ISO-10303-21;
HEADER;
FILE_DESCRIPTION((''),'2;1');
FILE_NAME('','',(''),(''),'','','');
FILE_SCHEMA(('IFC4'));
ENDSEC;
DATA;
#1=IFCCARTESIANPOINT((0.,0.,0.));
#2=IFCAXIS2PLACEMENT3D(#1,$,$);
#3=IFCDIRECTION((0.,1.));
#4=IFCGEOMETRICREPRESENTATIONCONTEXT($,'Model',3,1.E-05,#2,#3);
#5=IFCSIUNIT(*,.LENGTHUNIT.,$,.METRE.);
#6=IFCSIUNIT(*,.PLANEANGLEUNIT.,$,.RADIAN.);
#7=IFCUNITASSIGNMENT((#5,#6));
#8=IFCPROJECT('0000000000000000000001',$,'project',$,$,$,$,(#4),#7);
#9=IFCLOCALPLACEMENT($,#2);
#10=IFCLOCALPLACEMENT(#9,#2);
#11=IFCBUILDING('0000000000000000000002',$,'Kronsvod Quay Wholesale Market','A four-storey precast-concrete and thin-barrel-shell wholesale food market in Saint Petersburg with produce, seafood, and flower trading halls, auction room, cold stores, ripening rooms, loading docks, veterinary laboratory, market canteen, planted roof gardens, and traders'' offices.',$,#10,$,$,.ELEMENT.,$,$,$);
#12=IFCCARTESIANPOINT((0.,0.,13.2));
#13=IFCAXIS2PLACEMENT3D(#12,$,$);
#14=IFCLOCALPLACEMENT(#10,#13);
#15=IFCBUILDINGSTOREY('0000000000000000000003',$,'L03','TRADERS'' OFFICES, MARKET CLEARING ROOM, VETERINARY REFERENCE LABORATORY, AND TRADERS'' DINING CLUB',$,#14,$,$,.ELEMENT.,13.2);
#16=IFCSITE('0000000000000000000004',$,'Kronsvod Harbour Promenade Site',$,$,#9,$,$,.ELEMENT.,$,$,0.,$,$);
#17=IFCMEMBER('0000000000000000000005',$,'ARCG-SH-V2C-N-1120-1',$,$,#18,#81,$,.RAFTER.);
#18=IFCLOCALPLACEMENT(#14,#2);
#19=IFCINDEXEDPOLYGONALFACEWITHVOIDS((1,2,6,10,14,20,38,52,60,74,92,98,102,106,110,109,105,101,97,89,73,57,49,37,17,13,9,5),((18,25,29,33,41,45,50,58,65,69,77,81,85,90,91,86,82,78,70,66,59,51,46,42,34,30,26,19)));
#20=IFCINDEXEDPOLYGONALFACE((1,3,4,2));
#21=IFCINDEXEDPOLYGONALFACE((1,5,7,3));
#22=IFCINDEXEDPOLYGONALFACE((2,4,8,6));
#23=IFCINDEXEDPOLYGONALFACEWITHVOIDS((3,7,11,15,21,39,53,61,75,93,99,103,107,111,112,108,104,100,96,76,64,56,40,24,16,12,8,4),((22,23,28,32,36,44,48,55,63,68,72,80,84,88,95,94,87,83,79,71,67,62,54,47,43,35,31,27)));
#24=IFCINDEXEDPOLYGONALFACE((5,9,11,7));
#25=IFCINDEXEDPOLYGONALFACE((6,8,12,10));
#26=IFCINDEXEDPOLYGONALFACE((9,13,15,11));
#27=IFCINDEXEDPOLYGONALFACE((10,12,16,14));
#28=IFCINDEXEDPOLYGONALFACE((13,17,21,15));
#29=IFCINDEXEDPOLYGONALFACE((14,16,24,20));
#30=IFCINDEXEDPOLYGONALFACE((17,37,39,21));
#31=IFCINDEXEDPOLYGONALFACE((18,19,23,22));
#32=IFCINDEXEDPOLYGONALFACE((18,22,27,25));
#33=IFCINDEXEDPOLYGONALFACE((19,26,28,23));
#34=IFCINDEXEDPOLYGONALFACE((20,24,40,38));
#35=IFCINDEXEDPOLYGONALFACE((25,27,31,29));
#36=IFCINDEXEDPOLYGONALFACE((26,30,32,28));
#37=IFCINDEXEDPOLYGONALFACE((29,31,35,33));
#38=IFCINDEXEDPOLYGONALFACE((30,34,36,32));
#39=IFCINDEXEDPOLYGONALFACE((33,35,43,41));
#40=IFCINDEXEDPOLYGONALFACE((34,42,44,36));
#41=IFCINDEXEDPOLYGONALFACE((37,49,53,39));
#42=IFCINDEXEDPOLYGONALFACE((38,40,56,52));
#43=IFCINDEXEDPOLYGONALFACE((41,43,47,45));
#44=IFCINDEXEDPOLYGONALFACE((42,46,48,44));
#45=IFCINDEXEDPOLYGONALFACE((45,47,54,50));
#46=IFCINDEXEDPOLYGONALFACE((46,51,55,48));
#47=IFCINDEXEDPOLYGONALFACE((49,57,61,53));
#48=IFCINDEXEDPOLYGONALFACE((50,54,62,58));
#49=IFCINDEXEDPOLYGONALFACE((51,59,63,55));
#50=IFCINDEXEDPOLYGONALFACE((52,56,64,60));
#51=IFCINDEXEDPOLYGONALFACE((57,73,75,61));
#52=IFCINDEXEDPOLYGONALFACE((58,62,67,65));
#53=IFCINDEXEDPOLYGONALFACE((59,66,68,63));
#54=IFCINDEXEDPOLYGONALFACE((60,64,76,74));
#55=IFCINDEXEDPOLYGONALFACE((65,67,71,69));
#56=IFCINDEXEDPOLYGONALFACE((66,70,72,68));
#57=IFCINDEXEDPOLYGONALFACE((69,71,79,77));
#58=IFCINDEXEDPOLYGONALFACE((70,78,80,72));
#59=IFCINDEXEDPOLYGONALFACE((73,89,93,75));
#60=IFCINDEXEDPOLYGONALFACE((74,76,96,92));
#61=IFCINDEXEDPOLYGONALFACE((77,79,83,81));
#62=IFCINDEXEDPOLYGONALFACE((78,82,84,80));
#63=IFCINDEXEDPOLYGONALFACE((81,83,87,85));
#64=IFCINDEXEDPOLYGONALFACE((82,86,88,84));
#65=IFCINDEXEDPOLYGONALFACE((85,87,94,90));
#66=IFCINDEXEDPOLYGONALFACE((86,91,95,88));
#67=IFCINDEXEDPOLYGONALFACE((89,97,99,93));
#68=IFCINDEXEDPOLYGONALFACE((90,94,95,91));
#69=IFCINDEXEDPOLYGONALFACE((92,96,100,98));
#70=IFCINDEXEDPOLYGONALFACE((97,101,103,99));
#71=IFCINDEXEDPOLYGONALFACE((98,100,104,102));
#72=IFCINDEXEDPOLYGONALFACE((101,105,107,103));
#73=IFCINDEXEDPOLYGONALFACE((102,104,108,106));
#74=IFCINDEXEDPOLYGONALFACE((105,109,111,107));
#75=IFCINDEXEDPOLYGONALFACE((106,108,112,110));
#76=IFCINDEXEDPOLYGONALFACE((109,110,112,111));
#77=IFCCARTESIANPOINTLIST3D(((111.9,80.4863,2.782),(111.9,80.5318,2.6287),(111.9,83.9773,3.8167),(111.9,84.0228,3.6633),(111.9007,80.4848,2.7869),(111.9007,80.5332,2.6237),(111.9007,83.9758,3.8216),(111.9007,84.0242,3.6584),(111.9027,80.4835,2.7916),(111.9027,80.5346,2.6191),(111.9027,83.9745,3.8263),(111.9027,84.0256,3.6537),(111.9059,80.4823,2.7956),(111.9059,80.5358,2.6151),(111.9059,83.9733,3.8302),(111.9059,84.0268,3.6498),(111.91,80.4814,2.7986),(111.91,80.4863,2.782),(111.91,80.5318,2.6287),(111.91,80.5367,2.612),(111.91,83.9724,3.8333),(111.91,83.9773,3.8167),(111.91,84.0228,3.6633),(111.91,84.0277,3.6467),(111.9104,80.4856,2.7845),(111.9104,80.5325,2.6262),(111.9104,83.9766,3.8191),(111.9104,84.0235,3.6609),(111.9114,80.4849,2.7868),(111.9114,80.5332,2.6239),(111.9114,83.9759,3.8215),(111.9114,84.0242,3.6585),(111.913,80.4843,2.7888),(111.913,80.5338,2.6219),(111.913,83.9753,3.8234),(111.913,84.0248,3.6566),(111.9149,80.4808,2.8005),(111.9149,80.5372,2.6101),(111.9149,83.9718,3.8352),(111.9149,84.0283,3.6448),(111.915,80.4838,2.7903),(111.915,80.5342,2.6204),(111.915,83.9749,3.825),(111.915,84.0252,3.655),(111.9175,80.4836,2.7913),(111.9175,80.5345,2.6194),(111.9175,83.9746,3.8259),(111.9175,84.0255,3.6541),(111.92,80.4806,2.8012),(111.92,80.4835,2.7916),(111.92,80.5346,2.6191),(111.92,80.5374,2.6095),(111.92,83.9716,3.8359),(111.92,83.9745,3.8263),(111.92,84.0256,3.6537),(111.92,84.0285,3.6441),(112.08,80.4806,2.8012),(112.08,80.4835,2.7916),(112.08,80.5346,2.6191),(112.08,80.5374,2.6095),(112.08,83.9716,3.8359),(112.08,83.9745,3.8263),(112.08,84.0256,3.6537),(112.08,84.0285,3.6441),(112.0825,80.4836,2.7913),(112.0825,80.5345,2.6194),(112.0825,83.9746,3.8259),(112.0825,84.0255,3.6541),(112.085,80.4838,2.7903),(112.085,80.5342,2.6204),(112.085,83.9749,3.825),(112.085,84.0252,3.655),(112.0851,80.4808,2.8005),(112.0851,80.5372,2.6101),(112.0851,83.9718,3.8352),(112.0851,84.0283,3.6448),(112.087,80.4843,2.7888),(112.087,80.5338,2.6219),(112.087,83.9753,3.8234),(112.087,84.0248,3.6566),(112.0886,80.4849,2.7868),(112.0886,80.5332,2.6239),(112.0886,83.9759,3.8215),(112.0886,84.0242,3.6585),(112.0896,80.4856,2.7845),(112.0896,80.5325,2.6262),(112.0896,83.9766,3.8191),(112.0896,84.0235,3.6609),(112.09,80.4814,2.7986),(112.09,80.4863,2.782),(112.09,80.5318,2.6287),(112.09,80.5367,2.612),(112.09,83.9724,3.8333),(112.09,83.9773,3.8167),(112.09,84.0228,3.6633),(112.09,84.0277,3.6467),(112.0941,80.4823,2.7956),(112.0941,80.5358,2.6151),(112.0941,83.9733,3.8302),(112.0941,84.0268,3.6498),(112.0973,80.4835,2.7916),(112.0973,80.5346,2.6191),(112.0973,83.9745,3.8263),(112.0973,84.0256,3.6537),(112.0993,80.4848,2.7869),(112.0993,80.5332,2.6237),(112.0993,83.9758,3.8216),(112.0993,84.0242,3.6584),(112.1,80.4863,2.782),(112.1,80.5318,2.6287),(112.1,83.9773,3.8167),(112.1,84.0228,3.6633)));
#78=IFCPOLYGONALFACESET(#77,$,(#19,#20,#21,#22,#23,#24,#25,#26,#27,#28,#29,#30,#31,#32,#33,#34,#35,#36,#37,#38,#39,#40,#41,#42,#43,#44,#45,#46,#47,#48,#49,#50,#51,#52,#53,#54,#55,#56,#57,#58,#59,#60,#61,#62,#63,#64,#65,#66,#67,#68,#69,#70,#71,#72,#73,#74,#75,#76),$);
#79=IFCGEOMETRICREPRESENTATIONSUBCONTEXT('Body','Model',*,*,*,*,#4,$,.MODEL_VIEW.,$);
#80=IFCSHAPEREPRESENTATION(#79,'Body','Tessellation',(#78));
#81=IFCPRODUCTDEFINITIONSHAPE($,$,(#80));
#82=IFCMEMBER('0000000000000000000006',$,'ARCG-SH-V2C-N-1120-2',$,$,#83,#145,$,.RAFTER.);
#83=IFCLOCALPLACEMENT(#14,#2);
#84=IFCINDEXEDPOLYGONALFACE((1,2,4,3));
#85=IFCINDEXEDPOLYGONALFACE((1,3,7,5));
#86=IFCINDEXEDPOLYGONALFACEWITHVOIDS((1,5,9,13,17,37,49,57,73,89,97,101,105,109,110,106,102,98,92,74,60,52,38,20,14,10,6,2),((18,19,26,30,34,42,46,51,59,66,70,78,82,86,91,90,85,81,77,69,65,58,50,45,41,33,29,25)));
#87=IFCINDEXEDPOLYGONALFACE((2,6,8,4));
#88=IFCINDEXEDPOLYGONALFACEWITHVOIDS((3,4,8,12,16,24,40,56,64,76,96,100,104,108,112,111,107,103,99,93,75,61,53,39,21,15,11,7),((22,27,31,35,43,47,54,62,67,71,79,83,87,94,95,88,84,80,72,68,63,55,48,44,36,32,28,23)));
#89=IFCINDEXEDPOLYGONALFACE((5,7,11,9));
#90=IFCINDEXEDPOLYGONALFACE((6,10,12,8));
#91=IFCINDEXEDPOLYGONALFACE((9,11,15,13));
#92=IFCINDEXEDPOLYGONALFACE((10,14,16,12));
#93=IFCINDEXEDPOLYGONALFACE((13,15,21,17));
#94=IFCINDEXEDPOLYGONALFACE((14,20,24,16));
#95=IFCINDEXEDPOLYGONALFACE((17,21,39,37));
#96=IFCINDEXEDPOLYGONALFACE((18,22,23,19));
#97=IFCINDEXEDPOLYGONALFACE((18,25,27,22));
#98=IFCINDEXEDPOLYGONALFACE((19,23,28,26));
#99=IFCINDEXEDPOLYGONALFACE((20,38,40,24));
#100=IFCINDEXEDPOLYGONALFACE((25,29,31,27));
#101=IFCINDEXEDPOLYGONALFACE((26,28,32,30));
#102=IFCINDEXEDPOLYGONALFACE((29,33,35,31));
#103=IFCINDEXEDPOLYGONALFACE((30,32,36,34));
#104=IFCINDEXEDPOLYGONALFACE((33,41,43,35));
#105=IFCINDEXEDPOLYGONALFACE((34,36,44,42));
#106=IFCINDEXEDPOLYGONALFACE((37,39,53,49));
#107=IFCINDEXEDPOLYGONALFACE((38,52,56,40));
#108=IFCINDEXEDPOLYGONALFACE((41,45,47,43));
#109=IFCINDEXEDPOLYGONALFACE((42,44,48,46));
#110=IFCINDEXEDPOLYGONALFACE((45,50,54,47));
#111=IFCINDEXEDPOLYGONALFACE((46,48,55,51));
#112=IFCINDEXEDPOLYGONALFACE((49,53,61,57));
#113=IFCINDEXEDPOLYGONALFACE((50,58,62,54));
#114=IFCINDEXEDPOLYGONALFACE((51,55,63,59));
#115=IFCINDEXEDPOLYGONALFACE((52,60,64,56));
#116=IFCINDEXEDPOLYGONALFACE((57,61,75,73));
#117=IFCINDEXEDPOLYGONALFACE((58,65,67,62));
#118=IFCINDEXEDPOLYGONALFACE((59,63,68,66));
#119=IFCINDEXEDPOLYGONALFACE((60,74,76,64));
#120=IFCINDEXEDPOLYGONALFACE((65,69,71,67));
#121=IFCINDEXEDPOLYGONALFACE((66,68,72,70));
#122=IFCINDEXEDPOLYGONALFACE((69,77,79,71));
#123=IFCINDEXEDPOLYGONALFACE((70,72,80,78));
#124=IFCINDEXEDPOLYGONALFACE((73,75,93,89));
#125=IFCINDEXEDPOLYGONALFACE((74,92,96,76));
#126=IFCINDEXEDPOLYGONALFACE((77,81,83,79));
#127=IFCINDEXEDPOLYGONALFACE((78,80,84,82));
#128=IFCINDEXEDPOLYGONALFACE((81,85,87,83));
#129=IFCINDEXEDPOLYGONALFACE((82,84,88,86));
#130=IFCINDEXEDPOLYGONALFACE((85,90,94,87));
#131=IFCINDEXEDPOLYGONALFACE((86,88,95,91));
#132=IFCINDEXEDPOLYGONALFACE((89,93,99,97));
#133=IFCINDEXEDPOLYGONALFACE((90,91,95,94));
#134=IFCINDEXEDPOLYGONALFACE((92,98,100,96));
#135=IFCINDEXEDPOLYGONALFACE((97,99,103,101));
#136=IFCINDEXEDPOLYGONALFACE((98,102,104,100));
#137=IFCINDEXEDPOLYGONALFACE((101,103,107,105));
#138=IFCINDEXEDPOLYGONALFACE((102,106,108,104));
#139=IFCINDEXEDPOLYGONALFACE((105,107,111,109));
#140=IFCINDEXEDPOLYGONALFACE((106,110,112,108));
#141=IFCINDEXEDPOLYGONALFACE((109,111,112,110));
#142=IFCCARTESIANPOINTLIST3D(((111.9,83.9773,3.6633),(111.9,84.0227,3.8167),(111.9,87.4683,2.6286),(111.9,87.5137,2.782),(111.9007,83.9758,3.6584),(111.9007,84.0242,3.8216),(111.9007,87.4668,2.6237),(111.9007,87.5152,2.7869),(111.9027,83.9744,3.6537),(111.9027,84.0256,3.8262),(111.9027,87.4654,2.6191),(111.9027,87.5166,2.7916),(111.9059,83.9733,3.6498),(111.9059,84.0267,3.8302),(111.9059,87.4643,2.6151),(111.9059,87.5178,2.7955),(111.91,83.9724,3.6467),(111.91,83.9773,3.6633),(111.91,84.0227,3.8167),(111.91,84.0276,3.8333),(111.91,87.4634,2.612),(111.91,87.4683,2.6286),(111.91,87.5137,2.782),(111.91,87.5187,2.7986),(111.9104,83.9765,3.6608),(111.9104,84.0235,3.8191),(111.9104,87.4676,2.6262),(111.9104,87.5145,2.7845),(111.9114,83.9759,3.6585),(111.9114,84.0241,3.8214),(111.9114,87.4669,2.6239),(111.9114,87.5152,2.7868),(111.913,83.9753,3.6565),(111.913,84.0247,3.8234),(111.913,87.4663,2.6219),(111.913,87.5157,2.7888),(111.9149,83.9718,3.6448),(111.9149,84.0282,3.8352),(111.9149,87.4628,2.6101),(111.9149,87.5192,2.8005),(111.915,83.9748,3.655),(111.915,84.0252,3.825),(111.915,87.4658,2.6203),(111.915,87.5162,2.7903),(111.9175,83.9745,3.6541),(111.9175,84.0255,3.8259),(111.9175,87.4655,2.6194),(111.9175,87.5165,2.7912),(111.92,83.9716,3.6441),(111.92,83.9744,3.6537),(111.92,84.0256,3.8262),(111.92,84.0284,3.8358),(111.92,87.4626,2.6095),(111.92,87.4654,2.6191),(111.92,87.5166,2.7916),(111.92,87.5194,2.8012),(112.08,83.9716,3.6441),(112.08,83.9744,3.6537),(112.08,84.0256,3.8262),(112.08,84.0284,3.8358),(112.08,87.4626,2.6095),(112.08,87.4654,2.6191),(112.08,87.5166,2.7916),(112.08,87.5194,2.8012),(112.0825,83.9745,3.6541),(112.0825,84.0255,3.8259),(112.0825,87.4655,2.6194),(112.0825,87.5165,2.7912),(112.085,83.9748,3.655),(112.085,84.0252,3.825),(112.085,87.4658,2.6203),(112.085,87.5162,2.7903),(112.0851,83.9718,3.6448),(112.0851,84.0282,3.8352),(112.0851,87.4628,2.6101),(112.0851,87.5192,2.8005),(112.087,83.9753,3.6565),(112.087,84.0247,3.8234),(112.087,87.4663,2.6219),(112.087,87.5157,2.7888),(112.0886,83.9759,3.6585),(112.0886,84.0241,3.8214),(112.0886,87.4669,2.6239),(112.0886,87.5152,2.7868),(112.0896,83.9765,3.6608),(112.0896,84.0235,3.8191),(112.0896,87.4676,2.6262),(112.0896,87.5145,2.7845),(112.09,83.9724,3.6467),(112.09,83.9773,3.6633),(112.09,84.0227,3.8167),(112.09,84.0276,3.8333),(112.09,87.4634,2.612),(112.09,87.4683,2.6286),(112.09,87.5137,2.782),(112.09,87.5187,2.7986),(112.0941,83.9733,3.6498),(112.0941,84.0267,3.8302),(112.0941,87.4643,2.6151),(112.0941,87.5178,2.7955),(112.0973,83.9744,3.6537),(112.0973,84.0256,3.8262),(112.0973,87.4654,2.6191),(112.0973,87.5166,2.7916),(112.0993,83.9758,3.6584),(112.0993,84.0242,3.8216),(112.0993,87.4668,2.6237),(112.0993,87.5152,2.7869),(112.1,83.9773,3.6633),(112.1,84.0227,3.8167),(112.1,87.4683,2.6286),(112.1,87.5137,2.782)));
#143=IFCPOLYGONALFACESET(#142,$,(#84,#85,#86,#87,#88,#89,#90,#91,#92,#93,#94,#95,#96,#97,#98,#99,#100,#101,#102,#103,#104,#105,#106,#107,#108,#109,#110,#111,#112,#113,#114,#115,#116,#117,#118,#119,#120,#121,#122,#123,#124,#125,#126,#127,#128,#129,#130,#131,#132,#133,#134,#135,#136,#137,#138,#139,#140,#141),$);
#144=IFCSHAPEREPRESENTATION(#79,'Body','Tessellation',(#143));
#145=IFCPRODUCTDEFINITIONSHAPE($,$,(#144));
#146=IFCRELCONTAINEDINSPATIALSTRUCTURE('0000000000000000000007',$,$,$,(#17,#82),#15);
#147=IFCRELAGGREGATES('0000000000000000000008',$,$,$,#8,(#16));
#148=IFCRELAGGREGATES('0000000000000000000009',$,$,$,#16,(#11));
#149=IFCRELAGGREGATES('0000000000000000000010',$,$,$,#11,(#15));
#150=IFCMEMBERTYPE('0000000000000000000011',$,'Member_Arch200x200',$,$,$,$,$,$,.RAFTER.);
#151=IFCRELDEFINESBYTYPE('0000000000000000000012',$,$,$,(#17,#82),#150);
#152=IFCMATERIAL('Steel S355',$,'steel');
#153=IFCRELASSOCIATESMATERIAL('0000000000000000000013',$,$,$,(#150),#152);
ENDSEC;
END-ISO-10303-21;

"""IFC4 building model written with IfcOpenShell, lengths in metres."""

from ifc_helpers import new_model, si_unit, direction, frame, origin, origin_2d, place, context, subcontext, project, spatial, hollow_rectangle, extrude, material, material_profile, profile_set, type_object, element, save


model = new_model("IFC4")

# Units and contexts
model_context = context("Model", 3, precision=1e-05, world=origin(), true_north=direction((0.0, 1.0)))
body_context = subcontext(model_context, "Body", "Model", "MODEL_VIEW")
ifc_project = project(units=[si_unit("LENGTHUNIT", "METRE"), si_unit("PLANEANGLEUNIT", "RADIAN")], contexts=[model_context])

# Site, building, storey
site_placement = place(None, origin())
site = spatial("IfcSite", under=ifc_project, at=site_placement, Name="Kronsvod Harbour Promenade Site", CompositionType="ELEMENT", RefElevation=0.0)
building_placement = place(site_placement, origin())
building = spatial("IfcBuilding", under=site, at=building_placement, Name="Kronsvod Quay Wholesale Market", Description="A four-storey precast-concrete and thin-barrel-shell wholesale food market in Saint Petersburg with produce, seafood, and flower trading halls, auction room, cold stores, ripening rooms, loading docks, veterinary laboratory, market canteen, planted roof gardens, and traders' offices.", CompositionType="ELEMENT")
storey_placement = place(building_placement, frame((0.0, 0.0, 13.2)))
storey = spatial("IfcBuildingStorey", under=building, at=storey_placement, Name="L03", Description="TRADERS' OFFICES, MARKET CLEARING ROOM, VETERINARY REFERENCE LABORATORY, AND TRADERS' DINING CLUB", CompositionType="ELEMENT", Elevation=13.2)

# Members
ifc_material_1 = material(Name="Steel S355", Category="steel")
ifc_material_profile_1 = material_profile(ifc_material_1, hollow_rectangle(XDim=0.2, YDim=0.2, WallThickness=0.01, InnerFilletRadius=0.01, OuterFilletRadius=0.02, at=origin_2d()), Name="RHS200x200x10")
ifc_profile_set_1 = profile_set([ifc_material_profile_1], Name="Steel S355")
member_type_1 = type_object("IfcMemberType", Name="Member_Arch200x200", PredefinedType="RAFTER", material=ifc_profile_set_1)
for number, where, z_axis, x_axis, name in (
    (1, (112.0, 80.509, 2.7053), (0.0, 0.958775, 0.284166), (-1.0, 0.0, 0.0), "ARCG-SH-V2C-N-1120-1"),
    (2, (112.0, 84.0, 3.74), (0.0, 0.958775, -0.284166), (-1.0, 0.0, 0.0), "ARCG-SH-V2C-N-1120-2"),
):
    element("IfcMember", number, at=place(storey_placement, frame(where, z_axis=z_axis, x_axis=x_axis)), inside=storey, type_object=member_type_1, Name=name, PredefinedType="RAFTER", context=body_context, shape_type="SweptSolid", body=[
        extrude(hollow_rectangle(XDim=0.2, YDim=0.2, WallThickness=0.01, InnerFilletRadius=0.01, OuterFilletRadius=0.02, at=origin_2d()), origin(), (0.0, 0.0, 1.0), 3.6411),
    ])

save(model, "model.ifc")
